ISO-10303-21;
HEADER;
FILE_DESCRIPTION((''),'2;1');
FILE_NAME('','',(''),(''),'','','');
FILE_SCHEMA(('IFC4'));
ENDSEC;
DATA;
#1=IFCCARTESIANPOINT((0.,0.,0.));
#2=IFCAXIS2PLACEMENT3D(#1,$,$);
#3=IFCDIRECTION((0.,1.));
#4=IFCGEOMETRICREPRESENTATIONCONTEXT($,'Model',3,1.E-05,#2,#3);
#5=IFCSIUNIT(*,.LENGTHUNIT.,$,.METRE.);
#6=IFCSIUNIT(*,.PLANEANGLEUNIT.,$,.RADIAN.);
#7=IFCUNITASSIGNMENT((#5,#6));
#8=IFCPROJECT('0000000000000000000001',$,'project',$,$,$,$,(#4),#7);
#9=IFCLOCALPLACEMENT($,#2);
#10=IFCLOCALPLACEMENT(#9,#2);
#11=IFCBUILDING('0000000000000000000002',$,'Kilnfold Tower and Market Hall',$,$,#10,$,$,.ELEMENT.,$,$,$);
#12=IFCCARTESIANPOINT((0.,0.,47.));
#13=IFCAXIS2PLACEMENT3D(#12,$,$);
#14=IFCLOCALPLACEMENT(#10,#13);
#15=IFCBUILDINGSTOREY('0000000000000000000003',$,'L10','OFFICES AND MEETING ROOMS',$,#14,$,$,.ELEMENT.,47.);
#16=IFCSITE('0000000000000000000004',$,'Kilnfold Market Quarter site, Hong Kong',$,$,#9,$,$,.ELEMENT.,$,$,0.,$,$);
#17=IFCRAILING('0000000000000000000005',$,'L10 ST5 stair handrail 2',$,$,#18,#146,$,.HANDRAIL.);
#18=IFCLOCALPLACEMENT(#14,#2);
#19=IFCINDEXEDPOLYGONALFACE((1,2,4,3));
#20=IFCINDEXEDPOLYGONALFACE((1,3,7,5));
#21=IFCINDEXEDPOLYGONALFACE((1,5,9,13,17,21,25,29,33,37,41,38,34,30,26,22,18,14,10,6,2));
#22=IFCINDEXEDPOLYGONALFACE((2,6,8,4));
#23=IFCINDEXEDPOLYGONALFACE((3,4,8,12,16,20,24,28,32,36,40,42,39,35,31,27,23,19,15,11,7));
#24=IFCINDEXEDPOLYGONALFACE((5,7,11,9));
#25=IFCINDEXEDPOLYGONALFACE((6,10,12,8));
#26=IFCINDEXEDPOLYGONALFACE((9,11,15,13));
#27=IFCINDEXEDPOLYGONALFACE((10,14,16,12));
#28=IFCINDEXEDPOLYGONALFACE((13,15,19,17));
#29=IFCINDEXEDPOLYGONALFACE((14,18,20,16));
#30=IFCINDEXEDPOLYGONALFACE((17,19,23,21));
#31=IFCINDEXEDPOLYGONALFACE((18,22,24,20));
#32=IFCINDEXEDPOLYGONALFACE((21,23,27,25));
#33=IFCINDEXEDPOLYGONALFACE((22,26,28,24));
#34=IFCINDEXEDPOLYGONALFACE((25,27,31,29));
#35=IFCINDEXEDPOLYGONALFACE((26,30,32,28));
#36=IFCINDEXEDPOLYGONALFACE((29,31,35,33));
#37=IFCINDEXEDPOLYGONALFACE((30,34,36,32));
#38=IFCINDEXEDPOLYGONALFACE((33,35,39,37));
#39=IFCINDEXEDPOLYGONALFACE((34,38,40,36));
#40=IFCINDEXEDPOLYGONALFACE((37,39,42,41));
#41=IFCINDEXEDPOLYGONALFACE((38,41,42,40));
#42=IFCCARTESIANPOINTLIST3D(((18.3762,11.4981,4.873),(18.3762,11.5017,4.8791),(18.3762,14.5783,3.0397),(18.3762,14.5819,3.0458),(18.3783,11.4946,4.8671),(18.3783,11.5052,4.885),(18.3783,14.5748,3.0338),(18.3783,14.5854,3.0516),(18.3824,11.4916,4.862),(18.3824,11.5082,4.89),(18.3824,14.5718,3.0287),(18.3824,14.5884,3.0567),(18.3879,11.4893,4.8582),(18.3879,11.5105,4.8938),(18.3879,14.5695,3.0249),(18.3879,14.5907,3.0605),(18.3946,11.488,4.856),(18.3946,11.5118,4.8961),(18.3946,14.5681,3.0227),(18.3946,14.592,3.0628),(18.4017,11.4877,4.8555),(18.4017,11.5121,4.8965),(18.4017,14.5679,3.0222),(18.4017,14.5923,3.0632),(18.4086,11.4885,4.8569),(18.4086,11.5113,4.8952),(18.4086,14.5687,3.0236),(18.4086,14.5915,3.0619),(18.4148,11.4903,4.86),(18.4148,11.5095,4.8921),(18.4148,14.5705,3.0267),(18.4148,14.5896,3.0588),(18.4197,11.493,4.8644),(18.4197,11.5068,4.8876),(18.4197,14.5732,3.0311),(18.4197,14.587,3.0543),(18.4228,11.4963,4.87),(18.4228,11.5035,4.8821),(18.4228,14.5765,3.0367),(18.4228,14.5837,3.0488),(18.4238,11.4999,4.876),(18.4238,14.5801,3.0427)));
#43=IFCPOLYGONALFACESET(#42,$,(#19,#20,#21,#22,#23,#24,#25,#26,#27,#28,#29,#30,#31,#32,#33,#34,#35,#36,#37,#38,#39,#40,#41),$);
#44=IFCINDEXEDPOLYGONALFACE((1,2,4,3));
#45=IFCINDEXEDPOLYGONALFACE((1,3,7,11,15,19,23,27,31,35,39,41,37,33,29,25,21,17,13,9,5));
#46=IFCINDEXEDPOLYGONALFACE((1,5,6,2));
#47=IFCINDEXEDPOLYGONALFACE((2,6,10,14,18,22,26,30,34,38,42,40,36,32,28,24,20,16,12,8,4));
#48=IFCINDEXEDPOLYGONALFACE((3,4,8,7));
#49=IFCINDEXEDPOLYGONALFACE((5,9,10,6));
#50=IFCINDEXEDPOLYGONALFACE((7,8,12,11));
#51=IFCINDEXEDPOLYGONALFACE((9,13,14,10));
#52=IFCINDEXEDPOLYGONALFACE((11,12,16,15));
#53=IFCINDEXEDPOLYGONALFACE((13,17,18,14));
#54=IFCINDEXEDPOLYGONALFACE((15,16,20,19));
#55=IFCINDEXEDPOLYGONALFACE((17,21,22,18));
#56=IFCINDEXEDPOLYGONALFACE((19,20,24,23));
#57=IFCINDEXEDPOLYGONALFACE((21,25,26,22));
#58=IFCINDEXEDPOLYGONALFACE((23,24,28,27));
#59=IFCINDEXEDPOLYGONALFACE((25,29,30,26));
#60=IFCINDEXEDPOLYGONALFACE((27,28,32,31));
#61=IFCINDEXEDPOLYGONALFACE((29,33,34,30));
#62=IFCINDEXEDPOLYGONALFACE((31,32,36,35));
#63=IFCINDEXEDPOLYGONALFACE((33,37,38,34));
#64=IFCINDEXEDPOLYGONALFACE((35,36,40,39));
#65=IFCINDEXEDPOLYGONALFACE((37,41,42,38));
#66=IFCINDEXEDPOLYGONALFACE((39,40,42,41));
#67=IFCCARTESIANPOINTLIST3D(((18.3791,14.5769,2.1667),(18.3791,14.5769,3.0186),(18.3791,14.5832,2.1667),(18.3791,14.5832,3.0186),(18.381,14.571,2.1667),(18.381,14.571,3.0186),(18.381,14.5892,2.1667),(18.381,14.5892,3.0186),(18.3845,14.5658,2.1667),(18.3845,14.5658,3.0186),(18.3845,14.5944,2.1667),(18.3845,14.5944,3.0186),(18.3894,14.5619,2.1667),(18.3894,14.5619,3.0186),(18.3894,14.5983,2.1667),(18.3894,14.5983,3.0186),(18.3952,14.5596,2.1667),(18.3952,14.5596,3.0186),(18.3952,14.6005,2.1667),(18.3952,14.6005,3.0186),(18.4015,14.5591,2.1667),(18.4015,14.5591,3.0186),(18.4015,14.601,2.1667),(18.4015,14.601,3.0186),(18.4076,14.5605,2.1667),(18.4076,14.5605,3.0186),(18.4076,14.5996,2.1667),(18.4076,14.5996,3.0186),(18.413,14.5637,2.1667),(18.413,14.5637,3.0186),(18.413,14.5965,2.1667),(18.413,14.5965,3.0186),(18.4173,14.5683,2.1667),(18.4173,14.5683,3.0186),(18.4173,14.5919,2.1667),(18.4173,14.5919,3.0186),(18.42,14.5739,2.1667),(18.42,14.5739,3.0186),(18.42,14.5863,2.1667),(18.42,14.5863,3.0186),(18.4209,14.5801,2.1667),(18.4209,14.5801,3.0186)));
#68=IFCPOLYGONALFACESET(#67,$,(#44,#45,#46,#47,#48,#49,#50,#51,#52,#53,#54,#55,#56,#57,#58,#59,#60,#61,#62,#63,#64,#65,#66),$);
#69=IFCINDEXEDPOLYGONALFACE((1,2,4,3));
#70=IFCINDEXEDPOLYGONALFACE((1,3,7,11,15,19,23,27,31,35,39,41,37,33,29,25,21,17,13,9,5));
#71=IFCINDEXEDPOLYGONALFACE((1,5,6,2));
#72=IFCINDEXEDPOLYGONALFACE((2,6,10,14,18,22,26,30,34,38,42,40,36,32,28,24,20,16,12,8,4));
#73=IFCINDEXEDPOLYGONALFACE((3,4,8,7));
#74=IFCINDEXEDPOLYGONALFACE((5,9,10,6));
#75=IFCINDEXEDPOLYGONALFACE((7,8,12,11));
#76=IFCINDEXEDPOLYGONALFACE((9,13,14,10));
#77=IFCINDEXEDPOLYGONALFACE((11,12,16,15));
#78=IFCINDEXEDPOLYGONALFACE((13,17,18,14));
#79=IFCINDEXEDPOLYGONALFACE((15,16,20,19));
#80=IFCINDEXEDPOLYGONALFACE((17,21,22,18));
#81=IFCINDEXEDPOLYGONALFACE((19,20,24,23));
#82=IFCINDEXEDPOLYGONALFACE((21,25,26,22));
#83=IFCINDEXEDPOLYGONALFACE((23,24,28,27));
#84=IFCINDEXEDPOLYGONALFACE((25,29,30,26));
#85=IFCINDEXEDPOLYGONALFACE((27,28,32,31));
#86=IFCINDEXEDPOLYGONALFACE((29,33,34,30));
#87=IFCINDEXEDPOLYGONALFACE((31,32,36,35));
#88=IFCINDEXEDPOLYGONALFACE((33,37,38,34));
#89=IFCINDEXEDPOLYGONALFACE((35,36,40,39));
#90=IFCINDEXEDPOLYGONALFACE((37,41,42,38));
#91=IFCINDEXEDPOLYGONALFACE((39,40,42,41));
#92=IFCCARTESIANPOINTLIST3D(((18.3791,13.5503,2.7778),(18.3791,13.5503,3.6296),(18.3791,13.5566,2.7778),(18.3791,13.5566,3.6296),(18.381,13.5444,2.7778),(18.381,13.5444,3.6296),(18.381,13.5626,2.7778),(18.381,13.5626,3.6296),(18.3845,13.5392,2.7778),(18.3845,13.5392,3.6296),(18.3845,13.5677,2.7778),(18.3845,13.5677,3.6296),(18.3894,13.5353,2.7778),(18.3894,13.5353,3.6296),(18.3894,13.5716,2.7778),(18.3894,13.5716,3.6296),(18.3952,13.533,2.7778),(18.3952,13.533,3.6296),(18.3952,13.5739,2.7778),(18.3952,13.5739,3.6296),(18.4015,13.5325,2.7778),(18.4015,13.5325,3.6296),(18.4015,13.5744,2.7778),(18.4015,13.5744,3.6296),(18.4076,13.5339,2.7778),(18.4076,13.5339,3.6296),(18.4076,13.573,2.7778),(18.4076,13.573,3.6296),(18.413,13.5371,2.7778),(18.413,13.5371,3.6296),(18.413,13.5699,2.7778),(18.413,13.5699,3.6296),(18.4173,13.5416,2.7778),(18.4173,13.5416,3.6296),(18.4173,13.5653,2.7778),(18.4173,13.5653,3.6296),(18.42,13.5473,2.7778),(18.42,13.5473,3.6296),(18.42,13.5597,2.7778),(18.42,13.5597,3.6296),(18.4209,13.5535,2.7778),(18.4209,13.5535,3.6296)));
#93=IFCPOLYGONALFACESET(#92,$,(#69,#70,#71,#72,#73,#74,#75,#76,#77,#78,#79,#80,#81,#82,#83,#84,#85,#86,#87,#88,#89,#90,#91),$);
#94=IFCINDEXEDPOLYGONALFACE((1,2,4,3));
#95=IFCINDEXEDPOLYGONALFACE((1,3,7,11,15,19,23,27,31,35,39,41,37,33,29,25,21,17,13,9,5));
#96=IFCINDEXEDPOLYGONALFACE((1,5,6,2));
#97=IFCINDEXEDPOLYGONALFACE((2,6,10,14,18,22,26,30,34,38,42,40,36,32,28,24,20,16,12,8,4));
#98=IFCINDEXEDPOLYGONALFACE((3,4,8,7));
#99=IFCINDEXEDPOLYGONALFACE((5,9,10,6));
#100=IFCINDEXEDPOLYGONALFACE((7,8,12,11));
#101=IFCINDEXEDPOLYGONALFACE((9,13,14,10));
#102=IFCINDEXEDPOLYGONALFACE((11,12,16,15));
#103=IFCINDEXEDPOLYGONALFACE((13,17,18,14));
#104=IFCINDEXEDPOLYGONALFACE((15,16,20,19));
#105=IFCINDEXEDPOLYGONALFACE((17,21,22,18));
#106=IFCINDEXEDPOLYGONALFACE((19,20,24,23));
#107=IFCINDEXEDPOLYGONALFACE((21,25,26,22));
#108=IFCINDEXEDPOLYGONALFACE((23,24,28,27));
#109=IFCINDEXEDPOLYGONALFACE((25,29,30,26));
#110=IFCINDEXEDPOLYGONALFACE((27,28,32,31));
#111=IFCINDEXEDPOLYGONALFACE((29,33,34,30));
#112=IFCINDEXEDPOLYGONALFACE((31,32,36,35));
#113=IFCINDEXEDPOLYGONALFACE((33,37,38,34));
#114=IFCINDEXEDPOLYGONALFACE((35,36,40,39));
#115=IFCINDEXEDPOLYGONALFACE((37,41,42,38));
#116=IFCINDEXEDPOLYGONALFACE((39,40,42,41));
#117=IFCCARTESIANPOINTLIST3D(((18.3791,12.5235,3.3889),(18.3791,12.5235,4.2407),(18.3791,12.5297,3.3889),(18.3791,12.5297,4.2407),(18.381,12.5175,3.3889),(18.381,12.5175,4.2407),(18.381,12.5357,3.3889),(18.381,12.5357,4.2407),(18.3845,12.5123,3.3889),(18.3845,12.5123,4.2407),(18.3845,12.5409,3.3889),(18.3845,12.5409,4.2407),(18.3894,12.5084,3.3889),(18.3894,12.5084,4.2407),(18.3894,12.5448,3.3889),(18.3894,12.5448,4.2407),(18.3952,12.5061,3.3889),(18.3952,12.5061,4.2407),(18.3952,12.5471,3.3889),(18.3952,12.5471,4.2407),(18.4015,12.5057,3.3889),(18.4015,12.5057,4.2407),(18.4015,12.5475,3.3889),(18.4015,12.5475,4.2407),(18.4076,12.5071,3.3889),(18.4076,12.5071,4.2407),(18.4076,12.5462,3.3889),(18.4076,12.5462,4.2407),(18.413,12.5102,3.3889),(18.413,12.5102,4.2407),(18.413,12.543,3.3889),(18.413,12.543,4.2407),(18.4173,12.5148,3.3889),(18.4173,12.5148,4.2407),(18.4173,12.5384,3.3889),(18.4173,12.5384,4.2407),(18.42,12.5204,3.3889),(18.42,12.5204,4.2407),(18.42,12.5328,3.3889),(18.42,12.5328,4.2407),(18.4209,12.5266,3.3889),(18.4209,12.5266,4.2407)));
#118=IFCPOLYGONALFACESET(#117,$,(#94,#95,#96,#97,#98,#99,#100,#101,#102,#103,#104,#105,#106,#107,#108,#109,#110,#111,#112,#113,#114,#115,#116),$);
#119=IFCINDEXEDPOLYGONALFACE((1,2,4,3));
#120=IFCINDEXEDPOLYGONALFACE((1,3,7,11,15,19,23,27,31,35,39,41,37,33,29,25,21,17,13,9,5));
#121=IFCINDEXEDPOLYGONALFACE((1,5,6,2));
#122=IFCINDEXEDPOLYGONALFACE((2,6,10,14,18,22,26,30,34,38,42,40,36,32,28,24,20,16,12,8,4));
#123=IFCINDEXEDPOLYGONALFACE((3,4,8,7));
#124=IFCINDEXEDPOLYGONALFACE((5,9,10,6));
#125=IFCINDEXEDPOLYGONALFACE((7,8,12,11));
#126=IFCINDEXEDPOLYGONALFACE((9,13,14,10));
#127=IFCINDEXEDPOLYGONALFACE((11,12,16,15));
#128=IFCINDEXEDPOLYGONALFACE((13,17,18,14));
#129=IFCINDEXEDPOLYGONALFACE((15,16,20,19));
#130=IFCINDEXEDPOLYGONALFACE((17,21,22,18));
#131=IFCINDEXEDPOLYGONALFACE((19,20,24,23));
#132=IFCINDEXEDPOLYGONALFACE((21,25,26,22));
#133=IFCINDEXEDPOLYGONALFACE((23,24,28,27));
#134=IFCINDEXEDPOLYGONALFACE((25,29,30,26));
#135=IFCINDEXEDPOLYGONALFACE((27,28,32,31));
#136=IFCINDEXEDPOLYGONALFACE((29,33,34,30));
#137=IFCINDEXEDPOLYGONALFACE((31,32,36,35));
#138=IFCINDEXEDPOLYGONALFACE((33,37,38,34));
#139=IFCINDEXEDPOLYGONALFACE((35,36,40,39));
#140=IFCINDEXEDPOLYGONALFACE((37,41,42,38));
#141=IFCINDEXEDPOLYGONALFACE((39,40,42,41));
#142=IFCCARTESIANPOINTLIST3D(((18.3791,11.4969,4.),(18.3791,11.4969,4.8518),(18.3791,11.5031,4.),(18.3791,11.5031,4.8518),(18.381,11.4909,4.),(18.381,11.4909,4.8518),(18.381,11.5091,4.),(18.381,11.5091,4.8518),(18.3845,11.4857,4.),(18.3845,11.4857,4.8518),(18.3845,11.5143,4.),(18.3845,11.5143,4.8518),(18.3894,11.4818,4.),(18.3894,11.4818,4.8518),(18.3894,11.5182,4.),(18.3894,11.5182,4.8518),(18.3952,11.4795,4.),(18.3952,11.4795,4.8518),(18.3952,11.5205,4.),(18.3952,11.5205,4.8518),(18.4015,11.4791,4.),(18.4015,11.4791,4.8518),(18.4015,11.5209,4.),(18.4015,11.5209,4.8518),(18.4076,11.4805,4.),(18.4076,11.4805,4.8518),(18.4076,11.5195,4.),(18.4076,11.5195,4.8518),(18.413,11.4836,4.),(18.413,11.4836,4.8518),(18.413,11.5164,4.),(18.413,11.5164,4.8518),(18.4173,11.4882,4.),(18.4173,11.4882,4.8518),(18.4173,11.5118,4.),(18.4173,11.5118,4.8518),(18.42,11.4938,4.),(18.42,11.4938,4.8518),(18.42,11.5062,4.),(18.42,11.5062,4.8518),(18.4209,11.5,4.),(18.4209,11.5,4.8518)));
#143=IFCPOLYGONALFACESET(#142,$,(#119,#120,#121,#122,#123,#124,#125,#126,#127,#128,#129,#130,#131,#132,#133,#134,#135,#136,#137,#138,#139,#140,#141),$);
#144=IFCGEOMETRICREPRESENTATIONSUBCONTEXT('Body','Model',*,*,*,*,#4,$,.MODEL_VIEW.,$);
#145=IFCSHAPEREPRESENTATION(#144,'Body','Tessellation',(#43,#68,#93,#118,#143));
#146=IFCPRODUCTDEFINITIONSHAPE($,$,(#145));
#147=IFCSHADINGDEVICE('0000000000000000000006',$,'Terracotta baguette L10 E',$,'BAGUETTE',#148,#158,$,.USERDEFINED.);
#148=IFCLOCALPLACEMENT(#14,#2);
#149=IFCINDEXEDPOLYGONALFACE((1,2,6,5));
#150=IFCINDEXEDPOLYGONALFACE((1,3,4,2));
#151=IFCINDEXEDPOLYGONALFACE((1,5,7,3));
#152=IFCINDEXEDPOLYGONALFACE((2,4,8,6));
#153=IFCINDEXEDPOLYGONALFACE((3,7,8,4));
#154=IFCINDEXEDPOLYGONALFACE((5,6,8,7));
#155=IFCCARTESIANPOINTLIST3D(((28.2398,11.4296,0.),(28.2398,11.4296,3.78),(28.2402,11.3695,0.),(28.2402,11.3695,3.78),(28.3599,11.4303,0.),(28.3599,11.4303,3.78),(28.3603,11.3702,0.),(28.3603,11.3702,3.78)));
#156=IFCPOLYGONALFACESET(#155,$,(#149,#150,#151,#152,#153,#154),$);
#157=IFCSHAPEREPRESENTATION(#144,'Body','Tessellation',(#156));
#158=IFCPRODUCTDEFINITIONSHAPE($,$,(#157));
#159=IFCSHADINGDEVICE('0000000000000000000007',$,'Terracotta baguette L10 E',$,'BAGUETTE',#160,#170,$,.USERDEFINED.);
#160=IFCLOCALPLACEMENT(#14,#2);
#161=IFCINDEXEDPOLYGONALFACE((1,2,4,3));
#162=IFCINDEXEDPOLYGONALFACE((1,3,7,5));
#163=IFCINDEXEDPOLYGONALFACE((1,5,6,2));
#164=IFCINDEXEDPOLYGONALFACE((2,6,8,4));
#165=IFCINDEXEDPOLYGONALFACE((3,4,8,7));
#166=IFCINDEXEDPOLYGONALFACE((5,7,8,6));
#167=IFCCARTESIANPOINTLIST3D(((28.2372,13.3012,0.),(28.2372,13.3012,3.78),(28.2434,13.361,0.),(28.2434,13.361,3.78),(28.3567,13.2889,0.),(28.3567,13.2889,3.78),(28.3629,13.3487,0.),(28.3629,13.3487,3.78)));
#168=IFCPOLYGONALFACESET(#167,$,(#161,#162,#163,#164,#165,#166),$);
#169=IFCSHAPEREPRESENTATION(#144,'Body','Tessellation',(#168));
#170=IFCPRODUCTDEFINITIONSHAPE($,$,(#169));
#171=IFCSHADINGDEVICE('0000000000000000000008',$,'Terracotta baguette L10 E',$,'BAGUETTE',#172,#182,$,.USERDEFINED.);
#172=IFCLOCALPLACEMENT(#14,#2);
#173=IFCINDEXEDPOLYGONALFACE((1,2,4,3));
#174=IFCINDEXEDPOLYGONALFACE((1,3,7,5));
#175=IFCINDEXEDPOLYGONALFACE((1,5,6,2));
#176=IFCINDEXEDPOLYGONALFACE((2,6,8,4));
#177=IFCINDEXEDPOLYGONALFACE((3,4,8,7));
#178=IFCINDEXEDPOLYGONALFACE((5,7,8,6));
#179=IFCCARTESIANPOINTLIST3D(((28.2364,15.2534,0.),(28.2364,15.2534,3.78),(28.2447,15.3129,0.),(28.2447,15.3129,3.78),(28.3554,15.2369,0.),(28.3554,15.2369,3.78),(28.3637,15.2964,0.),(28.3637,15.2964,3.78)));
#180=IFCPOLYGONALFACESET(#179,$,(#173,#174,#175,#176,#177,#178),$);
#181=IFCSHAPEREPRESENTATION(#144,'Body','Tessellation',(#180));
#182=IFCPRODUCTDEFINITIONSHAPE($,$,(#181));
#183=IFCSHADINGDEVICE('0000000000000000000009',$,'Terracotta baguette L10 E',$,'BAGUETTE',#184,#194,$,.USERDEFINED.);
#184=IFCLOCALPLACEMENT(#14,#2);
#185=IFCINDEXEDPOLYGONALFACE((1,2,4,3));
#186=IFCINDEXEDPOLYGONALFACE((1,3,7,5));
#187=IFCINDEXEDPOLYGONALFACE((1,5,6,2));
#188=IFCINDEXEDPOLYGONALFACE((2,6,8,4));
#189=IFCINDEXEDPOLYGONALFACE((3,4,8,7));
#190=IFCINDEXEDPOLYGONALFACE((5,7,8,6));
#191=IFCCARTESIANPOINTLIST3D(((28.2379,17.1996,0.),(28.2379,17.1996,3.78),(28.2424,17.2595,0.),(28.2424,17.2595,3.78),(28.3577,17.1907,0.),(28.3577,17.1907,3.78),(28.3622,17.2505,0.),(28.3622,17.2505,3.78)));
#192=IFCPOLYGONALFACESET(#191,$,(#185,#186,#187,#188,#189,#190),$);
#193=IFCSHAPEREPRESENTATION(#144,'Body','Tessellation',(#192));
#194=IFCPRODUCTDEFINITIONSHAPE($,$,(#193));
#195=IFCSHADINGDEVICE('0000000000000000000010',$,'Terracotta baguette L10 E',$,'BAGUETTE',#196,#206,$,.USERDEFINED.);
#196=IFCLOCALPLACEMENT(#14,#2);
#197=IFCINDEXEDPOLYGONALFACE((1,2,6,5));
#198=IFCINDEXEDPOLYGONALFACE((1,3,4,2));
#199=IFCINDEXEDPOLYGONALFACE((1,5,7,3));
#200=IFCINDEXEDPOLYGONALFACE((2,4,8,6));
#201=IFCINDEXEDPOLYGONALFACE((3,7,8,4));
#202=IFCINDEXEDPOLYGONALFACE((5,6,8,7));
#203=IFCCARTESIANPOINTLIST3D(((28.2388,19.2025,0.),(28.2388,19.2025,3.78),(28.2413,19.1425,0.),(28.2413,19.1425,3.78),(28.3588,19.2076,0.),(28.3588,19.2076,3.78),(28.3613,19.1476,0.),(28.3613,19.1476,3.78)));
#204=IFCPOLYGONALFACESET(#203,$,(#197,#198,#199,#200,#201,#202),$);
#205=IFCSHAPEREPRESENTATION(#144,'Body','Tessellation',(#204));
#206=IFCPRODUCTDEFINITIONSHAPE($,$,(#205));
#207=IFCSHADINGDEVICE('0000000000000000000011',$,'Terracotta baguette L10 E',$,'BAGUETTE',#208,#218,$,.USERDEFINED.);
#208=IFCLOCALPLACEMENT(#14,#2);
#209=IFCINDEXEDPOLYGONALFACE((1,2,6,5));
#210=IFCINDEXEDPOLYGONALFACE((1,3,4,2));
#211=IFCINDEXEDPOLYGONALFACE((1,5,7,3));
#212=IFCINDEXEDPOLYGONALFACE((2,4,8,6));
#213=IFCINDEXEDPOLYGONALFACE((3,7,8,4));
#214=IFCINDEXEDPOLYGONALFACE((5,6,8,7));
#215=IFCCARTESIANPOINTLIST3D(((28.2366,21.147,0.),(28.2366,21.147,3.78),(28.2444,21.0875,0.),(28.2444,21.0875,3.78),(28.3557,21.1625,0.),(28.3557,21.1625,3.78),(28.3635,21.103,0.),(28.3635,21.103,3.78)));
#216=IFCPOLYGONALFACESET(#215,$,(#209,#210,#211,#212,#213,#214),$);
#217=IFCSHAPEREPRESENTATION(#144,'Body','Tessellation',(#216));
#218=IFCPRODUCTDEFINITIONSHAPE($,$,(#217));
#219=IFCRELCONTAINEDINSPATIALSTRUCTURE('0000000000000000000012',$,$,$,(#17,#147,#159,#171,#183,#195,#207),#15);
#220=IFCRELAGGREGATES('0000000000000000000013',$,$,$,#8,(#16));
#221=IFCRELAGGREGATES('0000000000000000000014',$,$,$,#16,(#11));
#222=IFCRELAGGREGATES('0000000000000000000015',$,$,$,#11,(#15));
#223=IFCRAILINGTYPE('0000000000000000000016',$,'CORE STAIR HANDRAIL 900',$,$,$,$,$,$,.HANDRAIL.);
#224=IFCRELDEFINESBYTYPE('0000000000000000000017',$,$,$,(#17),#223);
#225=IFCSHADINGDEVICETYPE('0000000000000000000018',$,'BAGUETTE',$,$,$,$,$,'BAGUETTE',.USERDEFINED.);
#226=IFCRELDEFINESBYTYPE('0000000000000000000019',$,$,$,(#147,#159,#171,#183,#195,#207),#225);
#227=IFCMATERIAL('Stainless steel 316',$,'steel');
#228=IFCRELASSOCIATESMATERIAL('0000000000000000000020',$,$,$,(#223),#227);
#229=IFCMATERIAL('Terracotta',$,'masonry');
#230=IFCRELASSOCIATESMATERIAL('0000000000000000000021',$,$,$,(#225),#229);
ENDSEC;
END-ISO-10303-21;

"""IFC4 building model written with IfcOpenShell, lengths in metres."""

from ifc_helpers import new_model, si_unit, direction, frame, origin, origin_2d, place, context, subcontext, project, spatial, rectangle, circle, extrude, source, transform, mapped, material, material_profile, profile_set, type_object, element, save


model = new_model("IFC4")

# Units and contexts
model_context = context("Model", 3, precision=1e-05, world=origin(), true_north=direction((0.0, 1.0)))
body_context = subcontext(model_context, "Body", "Model", "MODEL_VIEW")
ifc_project = project(units=[si_unit("LENGTHUNIT", "METRE"), si_unit("PLANEANGLEUNIT", "RADIAN")], contexts=[model_context])

# Site, building, storey
site_placement = place(None, origin())
site = spatial("IfcSite", under=ifc_project, at=site_placement, Name="Kilnfold Market Quarter site, Hong Kong", CompositionType="ELEMENT", RefElevation=0.0)
building_placement = place(site_placement, origin())
building = spatial("IfcBuilding", under=site, at=building_placement, Name="Kilnfold Tower and Market Hall", CompositionType="ELEMENT")
storey_placement = place(building_placement, frame((0.0, 0.0, 47.0)))
storey = spatial("IfcBuildingStorey", under=building, at=storey_placement, Name="L10", Description="OFFICES AND MEETING ROOMS", CompositionType="ELEMENT", Elevation=47.0)

# Railing
ifc_material_1 = material(Name="Stainless steel 316", Category="steel")
railing_type_1 = type_object("IfcRailingType", Name="CORE STAIR HANDRAIL 900", PredefinedType="HANDRAIL", material=ifc_material_1)
railing_1_placement = place(storey_placement, frame((18.3999, 14.5801, 2.1667)))
element("IfcRailing", 1, at=railing_1_placement, inside=storey, type_object=railing_type_1, Name="L10 ST5 stair handrail 2", PredefinedType="HANDRAIL", context=body_context, shape_type="SweptSolid", body=[
    extrude(circle(Radius=0.0239, at=origin_2d()), frame((0.0, 0.0, 0.876), z_axis=(0.0, -0.859309, 0.511458), x_axis=(1.0, 0.0, 0.0)), (0.0, 0.0, 1.0), 3.5845),
    extrude(circle(Radius=0.021, at=origin_2d()), origin(), (0.0, 0.0, 1.0), 0.8518),
    extrude(circle(Radius=0.021, at=origin_2d()), frame((0.0, -1.0266, 0.6111)), (0.0, 0.0, 1.0), 0.8518),
    extrude(circle(Radius=0.021, at=origin_2d()), frame((0.0, -2.0535, 1.2222)), (0.0, 0.0, 1.0), 0.8518),
    extrude(circle(Radius=0.021, at=origin_2d()), frame((0.0, -3.0801, 1.8333)), (0.0, 0.0, 1.0), 0.8518),
])

# Shading devices
ifc_material_2 = material(Name="Terracotta", Category="masonry")
ifc_material_profile_1 = material_profile(ifc_material_2, rectangle(XDim=0.0601, YDim=0.1201, at=origin_2d()), Name="BAG 60x120")
ifc_profile_set_1 = profile_set([ifc_material_profile_1], Name="Terracotta")
shading_device_type = type_object("IfcShadingDeviceType", Name="BAGUETTE", ElementType="BAGUETTE", PredefinedType="USERDEFINED", material=ifc_profile_set_1)
shared_shape_1 = source(origin(), body_context, "Body", "SweptSolid", [
    extrude(rectangle(XDim=0.0601, YDim=0.1201, at=origin_2d()), origin(), (0.0, 0.0, 1.0), 3.78),
])
for number, where, z_axis, x_axis, name in (
    (2, (28.3, 11.3999, 0.0), (0.0, 0.0, 1.0), (-0.005404, 0.999985, 0.0), "Terracotta baguette L10 E"),
    (3, (28.3, 13.325, 0.0), (0.0, 0.0, 1.0), (0.102404, 0.994743, 0.0), "Terracotta baguette L10 E"),
    (4, (28.3, 15.2749, 0.0), (0.0, 0.0, 1.0), (0.138013, 0.99043, 0.0), "Terracotta baguette L10 E"),
    (5, (28.3, 17.2251, 0.0), (0.0, 0.0, 1.0), (0.074812, 0.997198, 0.0), "Terracotta baguette L10 E"),
    (6, (28.3, 19.175, 0.0), (0.0, 0.0, 1.0), (-0.042463, 0.999098, 0.0), "Terracotta baguette L10 E"),
    (7, (28.3, 21.125, 0.0), (0.0, 0.0, 1.0), (-0.128965, 0.991649, 0.0), "Terracotta baguette L10 E"),
):
    element("IfcShadingDevice", number, at=place(storey_placement, frame(where, z_axis=z_axis, x_axis=x_axis)), inside=storey, type_object=shading_device_type, Name=name, ObjectType="BAGUETTE", PredefinedType="USERDEFINED", context=body_context, shape_type="MappedRepresentation", body=[
        mapped(shared_shape_1, transform((0.0, 0.0, 0.0))),
    ])

save(model, "model.ifc")
